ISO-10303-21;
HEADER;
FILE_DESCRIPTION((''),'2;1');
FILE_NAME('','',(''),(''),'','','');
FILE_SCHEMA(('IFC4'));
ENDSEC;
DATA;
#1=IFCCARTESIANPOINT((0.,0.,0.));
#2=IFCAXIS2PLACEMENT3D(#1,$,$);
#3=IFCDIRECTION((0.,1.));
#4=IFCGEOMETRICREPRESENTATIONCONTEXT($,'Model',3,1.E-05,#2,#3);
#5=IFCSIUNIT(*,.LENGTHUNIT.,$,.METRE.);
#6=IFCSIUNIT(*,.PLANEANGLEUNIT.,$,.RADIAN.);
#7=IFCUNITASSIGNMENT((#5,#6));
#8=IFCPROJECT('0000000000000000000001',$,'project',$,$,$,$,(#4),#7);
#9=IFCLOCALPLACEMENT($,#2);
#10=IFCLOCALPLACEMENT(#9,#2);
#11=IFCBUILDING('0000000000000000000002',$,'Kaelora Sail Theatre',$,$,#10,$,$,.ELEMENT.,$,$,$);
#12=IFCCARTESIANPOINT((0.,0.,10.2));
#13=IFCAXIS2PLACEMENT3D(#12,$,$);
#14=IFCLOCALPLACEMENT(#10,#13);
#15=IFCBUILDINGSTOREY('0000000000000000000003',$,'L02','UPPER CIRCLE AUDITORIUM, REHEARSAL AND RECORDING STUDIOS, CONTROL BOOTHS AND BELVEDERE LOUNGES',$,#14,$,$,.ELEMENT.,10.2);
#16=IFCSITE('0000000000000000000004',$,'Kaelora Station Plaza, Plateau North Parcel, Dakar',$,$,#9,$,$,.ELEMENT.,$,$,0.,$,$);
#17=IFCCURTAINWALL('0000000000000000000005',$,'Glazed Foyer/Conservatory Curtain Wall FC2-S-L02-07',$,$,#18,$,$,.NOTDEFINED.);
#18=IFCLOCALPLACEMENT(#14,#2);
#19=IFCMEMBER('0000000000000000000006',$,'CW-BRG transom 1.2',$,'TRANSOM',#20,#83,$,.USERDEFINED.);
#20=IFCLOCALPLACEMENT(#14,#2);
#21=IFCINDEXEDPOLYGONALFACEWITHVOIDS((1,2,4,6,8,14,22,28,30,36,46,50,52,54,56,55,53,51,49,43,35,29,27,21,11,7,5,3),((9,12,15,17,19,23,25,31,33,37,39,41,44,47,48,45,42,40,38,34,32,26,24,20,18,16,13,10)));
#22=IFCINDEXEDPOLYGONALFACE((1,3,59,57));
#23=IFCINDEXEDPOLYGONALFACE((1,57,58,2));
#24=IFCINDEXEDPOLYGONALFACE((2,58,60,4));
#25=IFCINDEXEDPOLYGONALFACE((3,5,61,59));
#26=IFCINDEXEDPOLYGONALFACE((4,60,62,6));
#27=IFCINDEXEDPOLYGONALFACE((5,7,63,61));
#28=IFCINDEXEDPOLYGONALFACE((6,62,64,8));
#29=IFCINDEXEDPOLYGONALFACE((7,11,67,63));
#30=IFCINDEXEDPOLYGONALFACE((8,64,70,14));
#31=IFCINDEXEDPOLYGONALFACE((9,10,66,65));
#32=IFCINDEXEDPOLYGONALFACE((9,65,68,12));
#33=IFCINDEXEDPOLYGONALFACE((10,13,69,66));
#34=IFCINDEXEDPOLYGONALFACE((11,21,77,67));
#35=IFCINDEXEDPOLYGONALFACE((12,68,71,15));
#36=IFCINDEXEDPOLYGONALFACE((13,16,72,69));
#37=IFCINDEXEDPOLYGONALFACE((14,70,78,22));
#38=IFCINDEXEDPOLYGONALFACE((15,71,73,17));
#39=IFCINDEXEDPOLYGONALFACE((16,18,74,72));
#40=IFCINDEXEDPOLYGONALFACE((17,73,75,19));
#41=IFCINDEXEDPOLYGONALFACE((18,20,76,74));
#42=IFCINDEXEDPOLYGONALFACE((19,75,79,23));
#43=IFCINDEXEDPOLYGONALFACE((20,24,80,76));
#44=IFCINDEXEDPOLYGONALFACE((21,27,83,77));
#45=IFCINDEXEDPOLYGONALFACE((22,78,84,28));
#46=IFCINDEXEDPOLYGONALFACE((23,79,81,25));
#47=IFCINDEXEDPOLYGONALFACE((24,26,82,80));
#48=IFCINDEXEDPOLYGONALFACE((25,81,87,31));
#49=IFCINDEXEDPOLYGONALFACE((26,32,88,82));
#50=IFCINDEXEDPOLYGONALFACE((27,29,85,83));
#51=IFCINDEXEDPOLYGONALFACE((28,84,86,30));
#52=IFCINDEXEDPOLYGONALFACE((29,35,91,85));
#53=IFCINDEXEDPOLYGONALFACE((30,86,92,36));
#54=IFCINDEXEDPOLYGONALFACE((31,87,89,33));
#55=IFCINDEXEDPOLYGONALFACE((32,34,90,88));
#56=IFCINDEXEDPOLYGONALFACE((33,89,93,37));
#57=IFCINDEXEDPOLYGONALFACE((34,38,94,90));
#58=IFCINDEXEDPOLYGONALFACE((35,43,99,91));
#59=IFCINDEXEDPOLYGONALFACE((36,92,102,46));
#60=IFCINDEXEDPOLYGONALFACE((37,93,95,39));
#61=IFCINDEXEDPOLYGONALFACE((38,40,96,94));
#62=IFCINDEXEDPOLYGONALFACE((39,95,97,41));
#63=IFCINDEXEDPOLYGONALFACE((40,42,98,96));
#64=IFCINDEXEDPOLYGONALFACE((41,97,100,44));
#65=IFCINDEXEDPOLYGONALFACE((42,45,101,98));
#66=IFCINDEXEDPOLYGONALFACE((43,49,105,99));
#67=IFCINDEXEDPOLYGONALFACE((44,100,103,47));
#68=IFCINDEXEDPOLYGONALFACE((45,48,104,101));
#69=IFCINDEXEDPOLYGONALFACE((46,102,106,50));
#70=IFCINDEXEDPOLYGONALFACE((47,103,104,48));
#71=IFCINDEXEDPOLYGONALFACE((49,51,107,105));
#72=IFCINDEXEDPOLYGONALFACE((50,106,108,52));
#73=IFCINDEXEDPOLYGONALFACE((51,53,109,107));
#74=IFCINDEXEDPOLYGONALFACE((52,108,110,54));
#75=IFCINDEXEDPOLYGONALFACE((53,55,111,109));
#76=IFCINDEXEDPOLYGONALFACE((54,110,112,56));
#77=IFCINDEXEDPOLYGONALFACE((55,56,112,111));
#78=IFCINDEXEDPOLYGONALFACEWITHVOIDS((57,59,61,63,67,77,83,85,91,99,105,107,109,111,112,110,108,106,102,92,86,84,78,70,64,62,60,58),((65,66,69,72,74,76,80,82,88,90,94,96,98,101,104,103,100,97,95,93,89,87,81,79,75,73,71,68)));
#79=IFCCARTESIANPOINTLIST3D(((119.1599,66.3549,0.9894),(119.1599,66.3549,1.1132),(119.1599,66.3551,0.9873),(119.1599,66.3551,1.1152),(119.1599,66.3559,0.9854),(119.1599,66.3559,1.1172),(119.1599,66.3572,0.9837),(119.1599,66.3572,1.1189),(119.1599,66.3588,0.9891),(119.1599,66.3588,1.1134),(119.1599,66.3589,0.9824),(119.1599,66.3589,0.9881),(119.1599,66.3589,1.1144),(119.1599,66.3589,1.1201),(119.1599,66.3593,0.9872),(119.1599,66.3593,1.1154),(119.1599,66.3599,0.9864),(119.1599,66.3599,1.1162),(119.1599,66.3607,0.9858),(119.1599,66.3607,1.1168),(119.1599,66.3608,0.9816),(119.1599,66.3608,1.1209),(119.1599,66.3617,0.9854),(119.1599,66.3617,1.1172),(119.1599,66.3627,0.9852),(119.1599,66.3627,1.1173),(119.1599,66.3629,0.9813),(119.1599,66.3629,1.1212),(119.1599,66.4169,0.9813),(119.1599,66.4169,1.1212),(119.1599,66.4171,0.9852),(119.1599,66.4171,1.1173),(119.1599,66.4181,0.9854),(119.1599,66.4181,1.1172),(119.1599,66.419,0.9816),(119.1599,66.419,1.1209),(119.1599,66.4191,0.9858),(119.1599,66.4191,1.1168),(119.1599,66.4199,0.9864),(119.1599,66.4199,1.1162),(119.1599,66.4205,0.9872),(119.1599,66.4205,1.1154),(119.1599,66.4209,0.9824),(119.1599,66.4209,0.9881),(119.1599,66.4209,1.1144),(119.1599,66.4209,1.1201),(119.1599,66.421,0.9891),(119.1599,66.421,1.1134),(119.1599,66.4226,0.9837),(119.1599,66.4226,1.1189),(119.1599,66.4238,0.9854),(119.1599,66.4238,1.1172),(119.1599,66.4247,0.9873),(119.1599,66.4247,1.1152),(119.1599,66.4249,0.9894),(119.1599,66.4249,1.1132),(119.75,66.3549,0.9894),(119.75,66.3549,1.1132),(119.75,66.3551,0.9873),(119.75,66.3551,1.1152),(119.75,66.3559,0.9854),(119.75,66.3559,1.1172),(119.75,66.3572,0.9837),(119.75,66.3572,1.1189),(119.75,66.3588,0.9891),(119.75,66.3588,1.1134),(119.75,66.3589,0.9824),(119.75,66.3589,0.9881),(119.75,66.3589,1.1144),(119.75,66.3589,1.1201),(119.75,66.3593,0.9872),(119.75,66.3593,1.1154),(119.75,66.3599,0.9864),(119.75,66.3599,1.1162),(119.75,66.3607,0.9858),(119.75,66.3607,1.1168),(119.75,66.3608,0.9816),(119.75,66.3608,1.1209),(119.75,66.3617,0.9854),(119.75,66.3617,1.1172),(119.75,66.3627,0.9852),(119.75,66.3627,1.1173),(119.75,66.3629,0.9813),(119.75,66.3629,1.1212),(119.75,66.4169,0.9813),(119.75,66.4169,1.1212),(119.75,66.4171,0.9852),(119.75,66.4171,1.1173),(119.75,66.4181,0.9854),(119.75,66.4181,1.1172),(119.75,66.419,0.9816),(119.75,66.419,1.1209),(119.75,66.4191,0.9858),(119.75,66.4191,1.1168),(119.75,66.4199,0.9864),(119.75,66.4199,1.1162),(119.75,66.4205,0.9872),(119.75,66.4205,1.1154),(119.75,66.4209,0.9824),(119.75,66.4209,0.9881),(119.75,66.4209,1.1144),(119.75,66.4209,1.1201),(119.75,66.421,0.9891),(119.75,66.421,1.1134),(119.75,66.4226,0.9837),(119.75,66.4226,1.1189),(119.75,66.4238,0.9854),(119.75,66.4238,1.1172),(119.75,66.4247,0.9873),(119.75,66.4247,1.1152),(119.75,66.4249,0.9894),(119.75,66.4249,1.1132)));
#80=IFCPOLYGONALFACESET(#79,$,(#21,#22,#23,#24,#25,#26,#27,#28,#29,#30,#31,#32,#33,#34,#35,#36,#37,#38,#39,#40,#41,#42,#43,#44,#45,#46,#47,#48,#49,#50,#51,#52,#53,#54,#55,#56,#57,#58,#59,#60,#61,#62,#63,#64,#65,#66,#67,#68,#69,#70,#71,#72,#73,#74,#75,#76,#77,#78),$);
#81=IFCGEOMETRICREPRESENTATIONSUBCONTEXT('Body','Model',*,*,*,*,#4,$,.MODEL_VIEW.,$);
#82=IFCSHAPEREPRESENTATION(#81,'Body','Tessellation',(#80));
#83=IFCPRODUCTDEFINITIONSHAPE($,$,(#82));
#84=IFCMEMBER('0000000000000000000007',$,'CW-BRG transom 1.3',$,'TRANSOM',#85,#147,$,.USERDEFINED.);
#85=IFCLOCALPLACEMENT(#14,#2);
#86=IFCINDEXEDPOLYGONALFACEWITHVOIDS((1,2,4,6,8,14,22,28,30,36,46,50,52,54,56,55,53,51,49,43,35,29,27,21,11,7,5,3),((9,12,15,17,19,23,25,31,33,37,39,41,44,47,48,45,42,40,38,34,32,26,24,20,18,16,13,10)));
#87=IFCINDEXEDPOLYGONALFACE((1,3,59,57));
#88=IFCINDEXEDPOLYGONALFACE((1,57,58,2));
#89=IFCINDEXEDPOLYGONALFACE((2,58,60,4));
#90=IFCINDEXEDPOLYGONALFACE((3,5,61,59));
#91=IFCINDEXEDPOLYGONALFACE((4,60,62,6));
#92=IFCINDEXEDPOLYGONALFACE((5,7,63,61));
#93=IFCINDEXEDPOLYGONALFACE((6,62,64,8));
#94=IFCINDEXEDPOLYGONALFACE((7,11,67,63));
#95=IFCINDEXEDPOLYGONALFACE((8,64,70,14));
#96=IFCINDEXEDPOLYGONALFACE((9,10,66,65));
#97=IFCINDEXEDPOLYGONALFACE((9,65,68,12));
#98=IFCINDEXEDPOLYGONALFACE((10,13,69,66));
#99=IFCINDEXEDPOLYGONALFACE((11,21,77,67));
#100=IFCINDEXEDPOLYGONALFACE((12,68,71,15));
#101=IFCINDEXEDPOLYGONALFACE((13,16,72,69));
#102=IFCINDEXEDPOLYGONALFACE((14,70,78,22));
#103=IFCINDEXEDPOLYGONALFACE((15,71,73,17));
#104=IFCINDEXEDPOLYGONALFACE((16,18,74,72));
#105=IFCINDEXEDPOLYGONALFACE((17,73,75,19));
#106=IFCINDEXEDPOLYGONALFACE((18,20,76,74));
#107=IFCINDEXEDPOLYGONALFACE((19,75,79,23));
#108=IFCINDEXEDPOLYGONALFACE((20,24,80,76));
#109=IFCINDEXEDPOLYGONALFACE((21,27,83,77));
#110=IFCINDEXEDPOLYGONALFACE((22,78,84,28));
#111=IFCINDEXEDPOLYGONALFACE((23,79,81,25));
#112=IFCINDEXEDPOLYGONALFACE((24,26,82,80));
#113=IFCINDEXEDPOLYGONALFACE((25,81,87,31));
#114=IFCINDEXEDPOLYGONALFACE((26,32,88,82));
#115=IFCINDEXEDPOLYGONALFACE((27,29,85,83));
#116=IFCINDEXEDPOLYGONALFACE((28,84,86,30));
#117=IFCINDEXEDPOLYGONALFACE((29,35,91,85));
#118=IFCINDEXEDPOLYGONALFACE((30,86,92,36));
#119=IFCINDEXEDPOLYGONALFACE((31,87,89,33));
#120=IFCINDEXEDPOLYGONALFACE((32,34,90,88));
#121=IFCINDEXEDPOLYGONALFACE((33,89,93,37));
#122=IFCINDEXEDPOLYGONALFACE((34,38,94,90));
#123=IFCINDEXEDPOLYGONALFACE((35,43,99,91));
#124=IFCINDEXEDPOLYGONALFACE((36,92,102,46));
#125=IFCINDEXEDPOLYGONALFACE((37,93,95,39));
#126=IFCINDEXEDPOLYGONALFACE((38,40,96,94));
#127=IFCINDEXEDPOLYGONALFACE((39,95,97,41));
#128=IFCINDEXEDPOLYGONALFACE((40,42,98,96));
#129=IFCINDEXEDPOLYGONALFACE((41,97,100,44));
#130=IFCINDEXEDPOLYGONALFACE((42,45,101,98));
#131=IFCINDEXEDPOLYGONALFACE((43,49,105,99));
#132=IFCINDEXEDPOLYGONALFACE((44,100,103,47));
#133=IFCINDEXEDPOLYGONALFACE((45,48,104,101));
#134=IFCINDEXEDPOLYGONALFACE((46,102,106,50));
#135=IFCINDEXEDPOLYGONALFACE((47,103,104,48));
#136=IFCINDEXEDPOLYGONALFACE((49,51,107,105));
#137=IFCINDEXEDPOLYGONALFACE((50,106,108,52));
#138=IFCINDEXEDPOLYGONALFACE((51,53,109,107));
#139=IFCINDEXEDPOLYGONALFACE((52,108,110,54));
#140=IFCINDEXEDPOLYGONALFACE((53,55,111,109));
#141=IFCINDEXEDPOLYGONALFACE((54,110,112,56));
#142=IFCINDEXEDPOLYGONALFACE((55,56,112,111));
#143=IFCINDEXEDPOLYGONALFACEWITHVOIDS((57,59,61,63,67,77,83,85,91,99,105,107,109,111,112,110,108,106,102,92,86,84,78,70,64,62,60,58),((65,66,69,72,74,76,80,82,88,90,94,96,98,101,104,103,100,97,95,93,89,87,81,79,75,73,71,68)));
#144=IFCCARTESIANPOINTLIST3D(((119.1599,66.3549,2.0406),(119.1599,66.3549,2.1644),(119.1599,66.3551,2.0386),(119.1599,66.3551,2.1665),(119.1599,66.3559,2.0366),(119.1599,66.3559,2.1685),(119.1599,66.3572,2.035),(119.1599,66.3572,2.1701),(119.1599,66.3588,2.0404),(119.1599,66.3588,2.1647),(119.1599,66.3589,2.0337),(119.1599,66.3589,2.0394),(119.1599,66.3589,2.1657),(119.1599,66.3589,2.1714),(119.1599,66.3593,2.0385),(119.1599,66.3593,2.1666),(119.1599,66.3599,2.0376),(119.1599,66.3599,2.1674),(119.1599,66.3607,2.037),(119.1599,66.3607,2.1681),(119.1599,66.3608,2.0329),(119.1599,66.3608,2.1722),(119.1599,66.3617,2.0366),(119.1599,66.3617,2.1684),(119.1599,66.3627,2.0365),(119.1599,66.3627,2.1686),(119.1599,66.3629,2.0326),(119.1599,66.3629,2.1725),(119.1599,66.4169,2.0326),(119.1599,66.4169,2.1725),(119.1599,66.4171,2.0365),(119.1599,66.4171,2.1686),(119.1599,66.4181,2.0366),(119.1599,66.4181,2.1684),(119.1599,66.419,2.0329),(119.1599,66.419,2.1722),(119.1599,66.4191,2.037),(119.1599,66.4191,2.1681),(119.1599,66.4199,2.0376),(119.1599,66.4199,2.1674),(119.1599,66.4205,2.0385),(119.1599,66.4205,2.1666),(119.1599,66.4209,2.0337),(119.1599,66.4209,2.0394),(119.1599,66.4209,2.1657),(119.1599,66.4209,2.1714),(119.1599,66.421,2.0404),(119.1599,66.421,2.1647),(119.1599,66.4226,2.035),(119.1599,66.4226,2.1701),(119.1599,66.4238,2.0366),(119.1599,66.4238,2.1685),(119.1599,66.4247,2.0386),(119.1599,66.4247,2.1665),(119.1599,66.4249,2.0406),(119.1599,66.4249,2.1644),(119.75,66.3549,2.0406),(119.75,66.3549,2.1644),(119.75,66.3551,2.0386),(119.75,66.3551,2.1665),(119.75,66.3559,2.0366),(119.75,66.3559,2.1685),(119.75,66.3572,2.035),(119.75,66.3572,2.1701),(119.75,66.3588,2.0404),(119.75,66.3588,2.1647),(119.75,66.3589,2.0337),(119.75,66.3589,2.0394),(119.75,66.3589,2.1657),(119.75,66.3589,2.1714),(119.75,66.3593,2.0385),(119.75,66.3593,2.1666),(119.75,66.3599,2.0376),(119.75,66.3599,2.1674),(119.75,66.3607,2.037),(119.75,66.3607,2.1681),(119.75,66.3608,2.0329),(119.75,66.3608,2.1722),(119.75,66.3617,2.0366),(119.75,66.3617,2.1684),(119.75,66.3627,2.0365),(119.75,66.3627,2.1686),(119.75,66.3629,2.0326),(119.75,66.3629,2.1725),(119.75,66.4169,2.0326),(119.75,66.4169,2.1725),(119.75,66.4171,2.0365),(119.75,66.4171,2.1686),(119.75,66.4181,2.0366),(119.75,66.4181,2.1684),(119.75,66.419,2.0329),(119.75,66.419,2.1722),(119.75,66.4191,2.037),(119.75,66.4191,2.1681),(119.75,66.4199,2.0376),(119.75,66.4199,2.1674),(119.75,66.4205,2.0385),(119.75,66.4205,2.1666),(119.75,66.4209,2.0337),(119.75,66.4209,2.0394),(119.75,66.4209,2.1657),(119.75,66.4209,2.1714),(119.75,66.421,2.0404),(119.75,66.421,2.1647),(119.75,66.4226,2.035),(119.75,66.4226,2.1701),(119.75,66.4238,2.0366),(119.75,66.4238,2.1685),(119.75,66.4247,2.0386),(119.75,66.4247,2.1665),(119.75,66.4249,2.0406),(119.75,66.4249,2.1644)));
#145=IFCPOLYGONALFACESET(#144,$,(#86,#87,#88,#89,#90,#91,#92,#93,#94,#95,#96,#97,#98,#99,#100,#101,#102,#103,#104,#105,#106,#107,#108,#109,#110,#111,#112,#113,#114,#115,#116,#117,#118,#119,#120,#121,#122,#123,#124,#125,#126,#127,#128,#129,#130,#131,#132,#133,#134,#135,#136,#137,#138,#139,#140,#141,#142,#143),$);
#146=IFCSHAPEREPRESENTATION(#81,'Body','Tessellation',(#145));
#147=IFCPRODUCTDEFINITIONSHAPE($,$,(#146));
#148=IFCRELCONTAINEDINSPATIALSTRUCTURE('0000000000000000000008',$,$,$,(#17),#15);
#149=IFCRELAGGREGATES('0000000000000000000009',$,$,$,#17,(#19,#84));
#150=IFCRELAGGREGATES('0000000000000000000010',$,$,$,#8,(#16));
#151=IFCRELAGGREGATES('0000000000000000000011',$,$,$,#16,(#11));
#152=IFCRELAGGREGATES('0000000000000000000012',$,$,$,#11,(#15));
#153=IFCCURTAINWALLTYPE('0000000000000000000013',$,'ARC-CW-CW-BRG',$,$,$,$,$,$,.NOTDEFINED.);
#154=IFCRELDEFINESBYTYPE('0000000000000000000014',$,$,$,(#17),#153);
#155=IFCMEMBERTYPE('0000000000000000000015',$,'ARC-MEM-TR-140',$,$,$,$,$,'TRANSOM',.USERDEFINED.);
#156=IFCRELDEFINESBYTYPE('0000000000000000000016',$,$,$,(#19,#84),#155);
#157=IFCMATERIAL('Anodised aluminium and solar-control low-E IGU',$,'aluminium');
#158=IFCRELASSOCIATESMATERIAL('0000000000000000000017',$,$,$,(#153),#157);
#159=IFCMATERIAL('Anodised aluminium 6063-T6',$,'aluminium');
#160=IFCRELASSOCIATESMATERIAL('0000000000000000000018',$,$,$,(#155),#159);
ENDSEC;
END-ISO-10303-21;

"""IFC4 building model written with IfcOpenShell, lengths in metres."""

from ifc_helpers import new_model, si_unit, direction, frame, origin, origin_2d, place, context, subcontext, project, spatial, hollow_rectangle, extrude, material, material_profile, profile_set, type_object, element, aggregate, save


model = new_model("IFC4")

# Units and contexts
model_context = context("Model", 3, precision=1e-05, world=origin(), true_north=direction((0.0, 1.0)))
body_context = subcontext(model_context, "Body", "Model", "MODEL_VIEW")
ifc_project = project(units=[si_unit("LENGTHUNIT", "METRE"), si_unit("PLANEANGLEUNIT", "RADIAN")], contexts=[model_context])

# Site, building, storey
site_placement = place(None, origin())
site = spatial("IfcSite", under=ifc_project, at=site_placement, Name="Kaelora Station Plaza, Plateau North Parcel, Dakar", CompositionType="ELEMENT", RefElevation=0.0)
building_placement = place(site_placement, origin())
building = spatial("IfcBuilding", under=site, at=building_placement, Name="Kaelora Sail Theatre", CompositionType="ELEMENT")
storey_placement = place(building_placement, frame((0.0, 0.0, 10.2)))
storey = spatial("IfcBuildingStorey", under=building, at=storey_placement, Name="L02", Description="UPPER CIRCLE AUDITORIUM, REHEARSAL AND RECORDING STUDIOS, CONTROL BOOTHS AND BELVEDERE LOUNGES", CompositionType="ELEMENT", Elevation=10.2)

# Shared definitions
ifc_material_1 = material(Name="Anodised aluminium and solar-control low-E IGU", Category="aluminium")
curtain_wall_type = type_object("IfcCurtainWallType", Name="ARC-CW-CW-BRG", PredefinedType="NOTDEFINED", material=ifc_material_1)

# Curtain wall
curtain_wall_1_placement = place(storey_placement, origin())
curtain_wall_1 = element("IfcCurtainWall", 1, at=curtain_wall_1_placement, inside=storey, type_object=curtain_wall_type, Name="Glazed Foyer/Conservatory Curtain Wall FC2-S-L02-07", PredefinedType="NOTDEFINED")

# Members
ifc_material_2 = material(Name="Anodised aluminium 6063-T6", Category="aluminium")
ifc_material_profile_1 = material_profile(ifc_material_2, hollow_rectangle(XDim=0.0701, YDim=0.1399, WallThickness=0.0039, InnerFilletRadius=0.0039, OuterFilletRadius=0.0081, at=origin_2d()), Name="ALU-TRAN 70x140x4")
ifc_profile_set_1 = profile_set([ifc_material_profile_1], Name="Anodised aluminium 6063-T6")
member_type_1 = type_object("IfcMemberType", Name="ARC-MEM-TR-140", ElementType="TRANSOM", PredefinedType="USERDEFINED", material=ifc_profile_set_1)
member_1_placement = place(storey_placement, frame((119.1599, 66.3899, 1.0513), z_axis=(1.0, 0.0, 0.0), x_axis=(0.0, 1.0, 0.0)))
member_1 = element("IfcMember", 2, at=member_1_placement, type_object=member_type_1, Name="CW-BRG transom 1.2", ObjectType="TRANSOM", PredefinedType="USERDEFINED", context=body_context, shape_type="SweptSolid", body=[
    extrude(hollow_rectangle(XDim=0.0701, YDim=0.1399, WallThickness=0.0039, InnerFilletRadius=0.0039, OuterFilletRadius=0.0081, at=origin_2d()), origin(), (0.0, 0.0, 1.0), 0.5901),
])
member_2_placement = place(storey_placement, frame((119.1599, 66.3899, 2.1025), z_axis=(1.0, 0.0, 0.0), x_axis=(0.0, 1.0, 0.0)))
member_2 = element("IfcMember", 3, at=member_2_placement, type_object=member_type_1, Name="CW-BRG transom 1.3", ObjectType="TRANSOM", PredefinedType="USERDEFINED", context=body_context, shape_type="SweptSolid", body=[
    extrude(hollow_rectangle(XDim=0.0701, YDim=0.1399, WallThickness=0.0039, InnerFilletRadius=0.0039, OuterFilletRadius=0.0081, at=origin_2d()), origin(), (0.0, 0.0, 1.0), 0.5901),
])

aggregate(curtain_wall_1, [member_1, member_2])

save(model, "model.ifc")
